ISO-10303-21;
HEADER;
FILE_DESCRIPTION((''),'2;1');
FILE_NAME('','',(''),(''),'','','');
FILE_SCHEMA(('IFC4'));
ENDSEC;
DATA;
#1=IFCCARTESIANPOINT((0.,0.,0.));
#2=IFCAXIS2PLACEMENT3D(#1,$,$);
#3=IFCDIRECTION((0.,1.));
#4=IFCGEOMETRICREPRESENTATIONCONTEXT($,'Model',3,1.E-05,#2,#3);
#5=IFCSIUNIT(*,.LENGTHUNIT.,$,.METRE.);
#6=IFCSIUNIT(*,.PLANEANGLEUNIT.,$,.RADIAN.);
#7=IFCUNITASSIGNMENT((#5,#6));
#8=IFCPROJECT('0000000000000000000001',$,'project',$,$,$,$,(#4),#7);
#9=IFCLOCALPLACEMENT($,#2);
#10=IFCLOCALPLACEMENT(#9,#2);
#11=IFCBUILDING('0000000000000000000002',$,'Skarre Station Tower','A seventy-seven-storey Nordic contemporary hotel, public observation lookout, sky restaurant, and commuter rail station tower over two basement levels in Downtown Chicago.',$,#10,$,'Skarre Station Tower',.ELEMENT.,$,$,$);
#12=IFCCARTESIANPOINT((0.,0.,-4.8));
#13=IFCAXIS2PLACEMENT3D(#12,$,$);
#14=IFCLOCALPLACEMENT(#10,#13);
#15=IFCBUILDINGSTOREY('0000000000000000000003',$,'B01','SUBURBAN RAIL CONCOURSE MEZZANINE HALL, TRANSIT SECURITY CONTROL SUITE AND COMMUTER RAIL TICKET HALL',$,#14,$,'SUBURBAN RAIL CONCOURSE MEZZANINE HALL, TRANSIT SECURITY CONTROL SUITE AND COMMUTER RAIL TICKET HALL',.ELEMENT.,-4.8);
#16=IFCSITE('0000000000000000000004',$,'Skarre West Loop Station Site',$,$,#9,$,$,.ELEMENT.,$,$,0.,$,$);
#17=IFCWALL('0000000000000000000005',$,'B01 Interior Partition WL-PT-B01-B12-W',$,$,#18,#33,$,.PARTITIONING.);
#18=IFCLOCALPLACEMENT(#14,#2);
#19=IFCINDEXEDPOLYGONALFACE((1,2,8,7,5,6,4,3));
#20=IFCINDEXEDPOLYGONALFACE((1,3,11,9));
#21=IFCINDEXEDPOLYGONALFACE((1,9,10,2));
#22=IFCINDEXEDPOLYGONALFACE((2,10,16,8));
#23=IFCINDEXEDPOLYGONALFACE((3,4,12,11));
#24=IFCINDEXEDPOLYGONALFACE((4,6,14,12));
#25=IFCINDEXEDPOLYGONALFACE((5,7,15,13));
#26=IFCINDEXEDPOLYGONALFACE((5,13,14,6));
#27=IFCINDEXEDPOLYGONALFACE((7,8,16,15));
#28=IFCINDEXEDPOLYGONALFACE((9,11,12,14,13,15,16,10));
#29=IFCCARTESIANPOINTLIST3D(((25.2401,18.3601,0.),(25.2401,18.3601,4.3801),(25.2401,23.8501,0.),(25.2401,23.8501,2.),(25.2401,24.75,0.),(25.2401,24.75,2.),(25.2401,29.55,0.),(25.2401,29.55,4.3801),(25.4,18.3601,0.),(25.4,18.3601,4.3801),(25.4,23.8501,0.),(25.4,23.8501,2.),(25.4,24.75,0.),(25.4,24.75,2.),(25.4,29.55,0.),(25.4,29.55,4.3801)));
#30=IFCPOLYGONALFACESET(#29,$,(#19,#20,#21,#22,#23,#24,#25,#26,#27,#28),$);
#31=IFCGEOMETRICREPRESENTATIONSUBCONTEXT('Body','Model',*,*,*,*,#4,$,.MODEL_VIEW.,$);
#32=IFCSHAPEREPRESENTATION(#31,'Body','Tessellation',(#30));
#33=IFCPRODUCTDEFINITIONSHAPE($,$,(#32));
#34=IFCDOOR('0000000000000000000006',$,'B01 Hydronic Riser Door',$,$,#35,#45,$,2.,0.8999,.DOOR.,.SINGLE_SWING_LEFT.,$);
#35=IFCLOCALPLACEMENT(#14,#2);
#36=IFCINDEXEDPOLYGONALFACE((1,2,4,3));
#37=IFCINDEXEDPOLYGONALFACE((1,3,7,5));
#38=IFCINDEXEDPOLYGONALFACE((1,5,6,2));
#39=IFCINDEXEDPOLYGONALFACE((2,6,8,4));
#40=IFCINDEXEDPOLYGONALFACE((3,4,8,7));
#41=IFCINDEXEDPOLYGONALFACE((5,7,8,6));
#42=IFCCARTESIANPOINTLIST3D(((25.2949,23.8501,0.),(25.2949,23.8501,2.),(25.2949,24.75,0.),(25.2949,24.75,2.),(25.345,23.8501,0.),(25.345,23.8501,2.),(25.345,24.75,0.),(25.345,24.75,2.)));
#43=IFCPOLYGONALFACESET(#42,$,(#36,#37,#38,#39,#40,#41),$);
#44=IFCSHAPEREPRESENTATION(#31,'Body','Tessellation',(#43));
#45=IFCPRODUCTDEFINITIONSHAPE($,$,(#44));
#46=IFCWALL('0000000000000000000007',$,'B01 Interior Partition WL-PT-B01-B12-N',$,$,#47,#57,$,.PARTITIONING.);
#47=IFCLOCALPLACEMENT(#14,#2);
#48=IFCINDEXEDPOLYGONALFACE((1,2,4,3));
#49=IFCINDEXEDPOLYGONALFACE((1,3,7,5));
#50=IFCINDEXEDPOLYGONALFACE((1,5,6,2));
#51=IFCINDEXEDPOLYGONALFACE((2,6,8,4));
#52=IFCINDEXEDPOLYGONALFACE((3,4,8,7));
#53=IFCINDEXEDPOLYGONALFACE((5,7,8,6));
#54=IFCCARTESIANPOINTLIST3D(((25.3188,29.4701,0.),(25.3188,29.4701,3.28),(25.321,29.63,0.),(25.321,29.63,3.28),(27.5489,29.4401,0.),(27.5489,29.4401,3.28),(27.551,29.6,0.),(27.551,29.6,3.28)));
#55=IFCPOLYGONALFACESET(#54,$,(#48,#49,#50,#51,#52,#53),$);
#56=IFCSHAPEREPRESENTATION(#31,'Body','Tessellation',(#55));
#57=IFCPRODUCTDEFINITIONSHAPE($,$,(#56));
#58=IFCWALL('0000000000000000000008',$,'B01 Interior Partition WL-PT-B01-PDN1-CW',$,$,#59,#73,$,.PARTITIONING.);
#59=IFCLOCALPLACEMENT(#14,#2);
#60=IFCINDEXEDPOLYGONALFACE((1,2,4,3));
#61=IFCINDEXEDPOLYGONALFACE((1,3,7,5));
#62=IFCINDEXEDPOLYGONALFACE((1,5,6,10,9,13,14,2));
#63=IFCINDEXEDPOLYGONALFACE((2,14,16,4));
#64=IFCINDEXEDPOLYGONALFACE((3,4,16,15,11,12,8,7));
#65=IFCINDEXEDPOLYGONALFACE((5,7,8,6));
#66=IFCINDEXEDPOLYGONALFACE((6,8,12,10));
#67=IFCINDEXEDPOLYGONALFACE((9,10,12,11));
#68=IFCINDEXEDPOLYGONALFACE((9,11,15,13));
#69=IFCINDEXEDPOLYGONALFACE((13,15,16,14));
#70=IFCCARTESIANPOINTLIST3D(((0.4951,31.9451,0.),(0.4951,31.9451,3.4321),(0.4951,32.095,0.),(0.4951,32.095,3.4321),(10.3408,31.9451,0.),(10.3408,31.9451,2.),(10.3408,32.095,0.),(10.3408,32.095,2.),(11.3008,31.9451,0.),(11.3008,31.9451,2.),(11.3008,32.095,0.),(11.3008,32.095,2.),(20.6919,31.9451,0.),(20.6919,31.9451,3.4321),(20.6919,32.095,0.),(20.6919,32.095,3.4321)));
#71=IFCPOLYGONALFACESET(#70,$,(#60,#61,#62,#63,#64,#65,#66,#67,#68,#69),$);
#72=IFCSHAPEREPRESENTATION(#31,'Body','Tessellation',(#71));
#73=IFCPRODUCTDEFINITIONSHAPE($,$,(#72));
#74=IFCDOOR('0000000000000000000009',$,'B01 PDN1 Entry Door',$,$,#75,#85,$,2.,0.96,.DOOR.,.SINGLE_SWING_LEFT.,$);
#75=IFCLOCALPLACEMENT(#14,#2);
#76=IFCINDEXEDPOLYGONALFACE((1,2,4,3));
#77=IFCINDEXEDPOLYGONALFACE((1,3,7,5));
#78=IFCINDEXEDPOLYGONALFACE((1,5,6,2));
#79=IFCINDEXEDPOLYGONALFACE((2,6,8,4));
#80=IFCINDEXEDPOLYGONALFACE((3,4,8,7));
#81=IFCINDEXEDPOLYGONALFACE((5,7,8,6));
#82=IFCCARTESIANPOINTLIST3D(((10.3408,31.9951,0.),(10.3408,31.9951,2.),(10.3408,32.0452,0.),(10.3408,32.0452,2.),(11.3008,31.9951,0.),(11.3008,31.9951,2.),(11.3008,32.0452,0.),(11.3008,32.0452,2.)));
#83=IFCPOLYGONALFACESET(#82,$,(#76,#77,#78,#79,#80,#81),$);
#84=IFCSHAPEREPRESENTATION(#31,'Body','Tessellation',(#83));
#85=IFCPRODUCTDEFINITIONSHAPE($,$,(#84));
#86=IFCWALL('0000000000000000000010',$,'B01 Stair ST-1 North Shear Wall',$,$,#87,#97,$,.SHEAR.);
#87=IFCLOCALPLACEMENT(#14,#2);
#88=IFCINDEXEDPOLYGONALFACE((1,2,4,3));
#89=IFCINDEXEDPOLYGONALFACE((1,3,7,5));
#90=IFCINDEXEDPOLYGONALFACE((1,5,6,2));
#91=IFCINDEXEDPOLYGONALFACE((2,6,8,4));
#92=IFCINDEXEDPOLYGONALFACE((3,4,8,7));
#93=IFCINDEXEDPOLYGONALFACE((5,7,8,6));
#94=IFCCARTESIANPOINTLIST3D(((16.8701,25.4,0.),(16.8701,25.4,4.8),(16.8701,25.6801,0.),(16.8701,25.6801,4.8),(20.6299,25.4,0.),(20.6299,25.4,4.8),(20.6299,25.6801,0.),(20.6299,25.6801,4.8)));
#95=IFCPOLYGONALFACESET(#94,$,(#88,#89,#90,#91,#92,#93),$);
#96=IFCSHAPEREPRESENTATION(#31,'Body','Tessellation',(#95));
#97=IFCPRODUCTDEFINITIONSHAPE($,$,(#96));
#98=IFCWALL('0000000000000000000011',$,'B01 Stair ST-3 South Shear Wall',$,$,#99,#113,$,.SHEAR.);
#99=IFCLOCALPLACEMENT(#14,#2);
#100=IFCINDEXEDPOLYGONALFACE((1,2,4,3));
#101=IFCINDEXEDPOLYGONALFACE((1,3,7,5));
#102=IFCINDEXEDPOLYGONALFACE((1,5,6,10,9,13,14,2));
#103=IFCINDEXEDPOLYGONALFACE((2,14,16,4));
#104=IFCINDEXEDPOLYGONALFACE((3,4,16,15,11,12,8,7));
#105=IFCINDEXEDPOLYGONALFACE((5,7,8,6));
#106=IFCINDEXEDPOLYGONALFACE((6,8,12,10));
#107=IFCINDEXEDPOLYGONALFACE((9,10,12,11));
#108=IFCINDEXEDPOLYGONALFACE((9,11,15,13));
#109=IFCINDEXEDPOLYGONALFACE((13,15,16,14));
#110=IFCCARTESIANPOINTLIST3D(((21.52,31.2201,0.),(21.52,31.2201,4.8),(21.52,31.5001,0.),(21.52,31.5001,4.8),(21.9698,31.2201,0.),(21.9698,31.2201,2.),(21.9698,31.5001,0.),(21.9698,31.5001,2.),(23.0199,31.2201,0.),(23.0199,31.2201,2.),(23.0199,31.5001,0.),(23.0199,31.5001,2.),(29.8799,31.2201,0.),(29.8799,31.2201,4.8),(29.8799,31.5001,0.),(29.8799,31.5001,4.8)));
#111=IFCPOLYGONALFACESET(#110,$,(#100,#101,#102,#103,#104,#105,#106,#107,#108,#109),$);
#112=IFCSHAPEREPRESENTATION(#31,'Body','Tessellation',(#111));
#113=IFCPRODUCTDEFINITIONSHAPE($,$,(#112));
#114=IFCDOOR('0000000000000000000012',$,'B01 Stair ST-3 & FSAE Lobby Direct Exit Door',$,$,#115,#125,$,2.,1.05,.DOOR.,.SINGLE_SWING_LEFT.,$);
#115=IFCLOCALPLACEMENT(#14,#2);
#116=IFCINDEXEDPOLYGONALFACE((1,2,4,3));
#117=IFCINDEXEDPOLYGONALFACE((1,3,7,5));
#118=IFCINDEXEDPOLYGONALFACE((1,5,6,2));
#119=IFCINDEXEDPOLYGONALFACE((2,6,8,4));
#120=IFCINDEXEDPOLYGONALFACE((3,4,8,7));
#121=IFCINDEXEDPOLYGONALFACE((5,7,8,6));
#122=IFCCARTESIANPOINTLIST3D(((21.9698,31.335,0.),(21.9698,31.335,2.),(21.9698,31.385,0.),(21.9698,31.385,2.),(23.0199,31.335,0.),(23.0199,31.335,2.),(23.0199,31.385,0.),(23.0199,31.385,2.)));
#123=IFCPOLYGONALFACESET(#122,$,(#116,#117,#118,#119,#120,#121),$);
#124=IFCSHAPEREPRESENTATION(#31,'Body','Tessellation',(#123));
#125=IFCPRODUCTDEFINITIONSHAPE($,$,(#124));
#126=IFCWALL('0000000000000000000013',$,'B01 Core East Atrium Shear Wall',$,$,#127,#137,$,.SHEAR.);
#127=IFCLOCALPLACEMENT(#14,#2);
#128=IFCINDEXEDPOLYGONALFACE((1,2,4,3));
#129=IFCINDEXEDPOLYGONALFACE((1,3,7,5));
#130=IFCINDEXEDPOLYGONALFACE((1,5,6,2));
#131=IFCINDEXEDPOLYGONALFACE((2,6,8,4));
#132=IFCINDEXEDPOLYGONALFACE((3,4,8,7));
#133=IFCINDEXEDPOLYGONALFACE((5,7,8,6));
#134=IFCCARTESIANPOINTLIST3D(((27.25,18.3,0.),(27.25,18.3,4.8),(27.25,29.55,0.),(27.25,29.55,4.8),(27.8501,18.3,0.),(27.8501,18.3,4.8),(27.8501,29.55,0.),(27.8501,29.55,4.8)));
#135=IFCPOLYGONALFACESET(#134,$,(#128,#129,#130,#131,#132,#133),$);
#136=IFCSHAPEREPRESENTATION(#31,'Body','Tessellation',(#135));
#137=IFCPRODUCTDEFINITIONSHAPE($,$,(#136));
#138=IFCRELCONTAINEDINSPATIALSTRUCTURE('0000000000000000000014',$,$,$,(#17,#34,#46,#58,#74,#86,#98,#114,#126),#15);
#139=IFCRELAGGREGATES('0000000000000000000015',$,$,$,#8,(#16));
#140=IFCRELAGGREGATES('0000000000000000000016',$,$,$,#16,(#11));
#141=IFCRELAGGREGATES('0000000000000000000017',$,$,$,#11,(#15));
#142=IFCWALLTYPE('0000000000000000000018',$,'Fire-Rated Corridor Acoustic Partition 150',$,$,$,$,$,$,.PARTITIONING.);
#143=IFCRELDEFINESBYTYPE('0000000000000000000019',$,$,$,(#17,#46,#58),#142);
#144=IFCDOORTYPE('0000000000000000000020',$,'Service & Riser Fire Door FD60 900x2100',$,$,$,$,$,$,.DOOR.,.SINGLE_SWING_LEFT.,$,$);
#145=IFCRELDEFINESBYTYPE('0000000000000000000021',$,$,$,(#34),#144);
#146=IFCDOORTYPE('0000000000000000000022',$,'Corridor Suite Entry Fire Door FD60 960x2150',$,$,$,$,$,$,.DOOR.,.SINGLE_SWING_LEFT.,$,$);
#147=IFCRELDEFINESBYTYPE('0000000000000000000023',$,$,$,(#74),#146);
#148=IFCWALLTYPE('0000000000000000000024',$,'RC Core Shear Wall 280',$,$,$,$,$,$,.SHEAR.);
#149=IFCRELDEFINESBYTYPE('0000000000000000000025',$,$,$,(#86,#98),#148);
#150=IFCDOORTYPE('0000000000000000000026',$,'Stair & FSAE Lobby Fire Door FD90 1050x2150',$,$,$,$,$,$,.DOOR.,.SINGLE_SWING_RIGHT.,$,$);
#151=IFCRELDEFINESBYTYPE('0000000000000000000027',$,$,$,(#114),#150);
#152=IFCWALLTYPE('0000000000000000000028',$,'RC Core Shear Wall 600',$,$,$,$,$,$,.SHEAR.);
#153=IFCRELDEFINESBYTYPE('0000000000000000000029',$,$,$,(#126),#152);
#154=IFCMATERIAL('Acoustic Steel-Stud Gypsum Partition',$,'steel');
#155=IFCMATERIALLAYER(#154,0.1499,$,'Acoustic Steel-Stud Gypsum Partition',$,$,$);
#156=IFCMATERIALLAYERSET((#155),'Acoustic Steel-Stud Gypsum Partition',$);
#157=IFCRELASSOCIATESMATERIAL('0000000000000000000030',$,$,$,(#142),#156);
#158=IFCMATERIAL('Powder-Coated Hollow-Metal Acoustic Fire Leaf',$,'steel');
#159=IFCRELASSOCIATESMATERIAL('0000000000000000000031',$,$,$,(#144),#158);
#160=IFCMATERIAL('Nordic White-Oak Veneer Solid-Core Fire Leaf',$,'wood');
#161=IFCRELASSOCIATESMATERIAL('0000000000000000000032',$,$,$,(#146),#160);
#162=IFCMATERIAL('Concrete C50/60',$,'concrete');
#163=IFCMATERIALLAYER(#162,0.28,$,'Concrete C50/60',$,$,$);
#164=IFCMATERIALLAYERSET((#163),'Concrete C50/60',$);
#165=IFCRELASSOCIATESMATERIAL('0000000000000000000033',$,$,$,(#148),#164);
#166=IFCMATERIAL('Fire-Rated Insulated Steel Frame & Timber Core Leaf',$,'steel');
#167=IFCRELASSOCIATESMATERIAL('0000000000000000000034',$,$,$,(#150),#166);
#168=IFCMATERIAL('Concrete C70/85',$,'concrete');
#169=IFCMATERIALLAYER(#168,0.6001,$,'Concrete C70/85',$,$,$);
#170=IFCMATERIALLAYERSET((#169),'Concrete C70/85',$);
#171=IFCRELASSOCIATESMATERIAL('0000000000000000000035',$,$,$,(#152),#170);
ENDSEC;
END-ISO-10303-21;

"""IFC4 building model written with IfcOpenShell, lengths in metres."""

from ifc_helpers import new_model, si_unit, direction, frame, frame_2d, origin, place, context, subcontext, project, spatial, rectangle, extrude, material, layer, layer_set, type_object, element, fill, save


model = new_model("IFC4")

# Units and contexts
model_context = context("Model", 3, precision=1e-05, world=origin(), true_north=direction((0.0, 1.0)))
body_context = subcontext(model_context, "Body", "Model", "MODEL_VIEW")
ifc_project = project(units=[si_unit("LENGTHUNIT", "METRE"), si_unit("PLANEANGLEUNIT", "RADIAN")], contexts=[model_context])

# Site, building, storey
site_placement = place(None, origin())
site = spatial("IfcSite", under=ifc_project, at=site_placement, Name="Skarre West Loop Station Site", CompositionType="ELEMENT", RefElevation=0.0)
building_placement = place(site_placement, origin())
building = spatial("IfcBuilding", under=site, at=building_placement, Name="Skarre Station Tower", Description="A seventy-seven-storey Nordic contemporary hotel, public observation lookout, sky restaurant, and commuter rail station tower over two basement levels in Downtown Chicago.", LongName="Skarre Station Tower", CompositionType="ELEMENT")
storey_placement = place(building_placement, frame((0.0, 0.0, -4.8)))
storey = spatial("IfcBuildingStorey", under=building, at=storey_placement, Name="B01", Description="SUBURBAN RAIL CONCOURSE MEZZANINE HALL, TRANSIT SECURITY CONTROL SUITE AND COMMUTER RAIL TICKET HALL", LongName="SUBURBAN RAIL CONCOURSE MEZZANINE HALL, TRANSIT SECURITY CONTROL SUITE AND COMMUTER RAIL TICKET HALL", CompositionType="ELEMENT", Elevation=-4.8)

# Wall, opening, door
ifc_material_1 = material(Name="Acoustic Steel-Stud Gypsum Partition", Category="steel")
ifc_layer_1 = layer(ifc_material_1, 0.1499, Name="Acoustic Steel-Stud Gypsum Partition")
ifc_layer_set_1 = layer_set([ifc_layer_1], Name="Acoustic Steel-Stud Gypsum Partition")
wall_type_1 = type_object("IfcWallType", Name="Fire-Rated Corridor Acoustic Partition 150", PredefinedType="PARTITIONING", material=ifc_layer_set_1)
wall_1_placement = place(storey_placement, frame((25.3201, 29.55, 0.0), z_axis=(0.0, 0.0, 1.0), x_axis=(0.0, -1.0, 0.0)))
wall_1 = element("IfcWall", 1, at=wall_1_placement, inside=storey, type_object=wall_type_1, Name="B01 Interior Partition WL-PT-B01-B12-W", PredefinedType="PARTITIONING", context=body_context, shape_type="SweptSolid", body=[
    extrude(rectangle(XDim=11.1899, YDim=0.1599, at=frame_2d((5.595, 0.0))), origin(), (0.0, 0.0, 1.0), 4.3801),
])
opening_1_placement = place(wall_1_placement, frame((4.8, 0.0, 0.0)))
opening_1 = element("IfcOpeningElement", 2, at=opening_1_placement, cuts=wall_1, PredefinedType="OPENING", context=body_context, shape_type="SweptSolid", body=[
    extrude(rectangle(XDim=0.8999, YDim=2.0, at=frame_2d((0.45, 1.0))), frame((0.0, 0.0898, 0.0), z_axis=(0.0, -1.0, 0.0), x_axis=(1.0, 0.0, 0.0)), (0.0, 0.0, 1.0), 0.1799),
])
ifc_material_2 = material(Name="Powder-Coated Hollow-Metal Acoustic Fire Leaf", Category="steel")
door_type_1 = type_object("IfcDoorType", Name="Service & Riser Fire Door FD60 900x2100", OperationType="SINGLE_SWING_LEFT", PredefinedType="DOOR", material=ifc_material_2)
door_1_placement = place(opening_1_placement, origin())
door_1 = element("IfcDoor", 3, at=door_1_placement, inside=storey, type_object=door_type_1, Name="B01 Hydronic Riser Door", OperationType="SINGLE_SWING_LEFT", OverallHeight=2.0, OverallWidth=0.8999, PredefinedType="DOOR", context=body_context, shape_type="SweptSolid", body=[
    extrude(rectangle(XDim=0.8999, YDim=2.0, at=frame_2d((0.45, 1.0))), frame((0.0, 0.0249, 0.0), z_axis=(0.0, -1.0, 0.0), x_axis=(1.0, 0.0, 0.0)), (0.0, 0.0, 1.0), 0.05),
])
fill(opening_1, door_1)

# Wall
wall_2_placement = place(storey_placement, frame((27.55, 29.52, 0.0), z_axis=(0.0, 0.0, 1.0), x_axis=(-0.999909, 0.013465, 0.0)))
element("IfcWall", 4, at=wall_2_placement, inside=storey, type_object=wall_type_1, Name="B01 Interior Partition WL-PT-B01-B12-N", PredefinedType="PARTITIONING", context=body_context, shape_type="SweptSolid", body=[
    extrude(rectangle(XDim=2.2302, YDim=0.1599, at=frame_2d((1.1152, 0.0))), origin(), (0.0, 0.0, 1.0), 3.28),
])

# Wall, opening, door
wall_3_placement = place(storey_placement, frame((20.6919, 32.02, 0.0), z_axis=(0.0, 0.0, 1.0), x_axis=(-1.0, 0.0, 0.0)))
wall_3 = element("IfcWall", 5, at=wall_3_placement, inside=storey, type_object=wall_type_1, Name="B01 Interior Partition WL-PT-B01-PDN1-CW", PredefinedType="PARTITIONING", context=body_context, shape_type="SweptSolid", body=[
    extrude(rectangle(XDim=20.1968, YDim=0.1499, at=frame_2d((10.0984, 0.0))), origin(), (0.0, 0.0, 1.0), 3.4321),
])
opening_2_placement = place(wall_3_placement, frame((9.3911, 0.0, 0.0)))
opening_2 = element("IfcOpeningElement", 6, at=opening_2_placement, cuts=wall_3, PredefinedType="OPENING", context=body_context, shape_type="SweptSolid", body=[
    extrude(rectangle(XDim=0.96, YDim=2.0, at=frame_2d((0.48, 1.0))), frame((0.0, 0.085, 0.0), z_axis=(0.0, -1.0, 0.0), x_axis=(1.0, 0.0, 0.0)), (0.0, 0.0, 1.0), 0.1699),
])
ifc_material_3 = material(Name="Nordic White-Oak Veneer Solid-Core Fire Leaf", Category="wood")
door_type_2 = type_object("IfcDoorType", Name="Corridor Suite Entry Fire Door FD60 960x2150", OperationType="SINGLE_SWING_LEFT", PredefinedType="DOOR", material=ifc_material_3)
door_2_placement = place(opening_2_placement, origin())
door_2 = element("IfcDoor", 7, at=door_2_placement, inside=storey, type_object=door_type_2, Name="B01 PDN1 Entry Door", OperationType="SINGLE_SWING_LEFT", OverallHeight=2.0, OverallWidth=0.96, PredefinedType="DOOR", context=body_context, shape_type="SweptSolid", body=[
    extrude(rectangle(XDim=0.96, YDim=2.0, at=frame_2d((0.48, 1.0))), frame((0.0, 0.0249, 0.0), z_axis=(0.0, -1.0, 0.0), x_axis=(1.0, 0.0, 0.0)), (0.0, 0.0, 1.0), 0.05),
])
fill(opening_2, door_2)

# Wall
ifc_material_4 = material(Name="Concrete C50/60", Category="concrete")
ifc_layer_2 = layer(ifc_material_4, 0.28, Name="Concrete C50/60")
ifc_layer_set_2 = layer_set([ifc_layer_2], Name="Concrete C50/60")
wall_type_2 = type_object("IfcWallType", Name="RC Core Shear Wall 280", PredefinedType="SHEAR", material=ifc_layer_set_2)
wall_4_placement = place(storey_placement, frame((20.6299, 25.54, 0.0), z_axis=(0.0, 0.0, 1.0), x_axis=(-1.0, 0.0, 0.0)))
element("IfcWall", 8, at=wall_4_placement, inside=storey, type_object=wall_type_2, Name="B01 Stair ST-1 North Shear Wall", PredefinedType="SHEAR", context=body_context, shape_type="SweptSolid", body=[
    extrude(rectangle(XDim=3.7598, YDim=0.28, at=frame_2d((1.8799, 0.0))), origin(), (0.0, 0.0, 1.0), 4.8),
])

# Wall, opening, door
wall_5_placement = place(storey_placement, frame((21.52, 31.3601, 0.0), z_axis=(0.0, 0.0, 1.0), x_axis=(1.0, 0.0, 0.0)))
wall_5 = element("IfcWall", 9, at=wall_5_placement, inside=storey, type_object=wall_type_2, Name="B01 Stair ST-3 South Shear Wall", PredefinedType="SHEAR", context=body_context, shape_type="SweptSolid", body=[
    extrude(rectangle(XDim=8.3599, YDim=0.28, at=frame_2d((4.1799, 0.0))), origin(), (0.0, 0.0, 1.0), 4.8),
])
opening_3_placement = place(wall_5_placement, frame((0.45, 0.0, 0.0)))
opening_3 = element("IfcOpeningElement", 10, at=opening_3_placement, cuts=wall_5, PredefinedType="OPENING", context=body_context, shape_type="SweptSolid", body=[
    extrude(rectangle(XDim=1.05, YDim=2.0, at=frame_2d((0.5249, 1.0))), frame((0.0, 0.1499, 0.0), z_axis=(0.0, -1.0, 0.0), x_axis=(1.0, 0.0, 0.0)), (0.0, 0.0, 1.0), 0.3),
])
ifc_material_5 = material(Name="Fire-Rated Insulated Steel Frame & Timber Core Leaf", Category="steel")
door_type_3 = type_object("IfcDoorType", Name="Stair & FSAE Lobby Fire Door FD90 1050x2150", OperationType="SINGLE_SWING_RIGHT", PredefinedType="DOOR", material=ifc_material_5)
door_3_placement = place(opening_3_placement, origin())
door_3 = element("IfcDoor", 11, at=door_3_placement, inside=storey, type_object=door_type_3, Name="B01 Stair ST-3 & FSAE Lobby Direct Exit Door", OperationType="SINGLE_SWING_LEFT", OverallHeight=2.0, OverallWidth=1.05, PredefinedType="DOOR", context=body_context, shape_type="SweptSolid", body=[
    extrude(rectangle(XDim=1.05, YDim=2.0, at=frame_2d((0.5249, 1.0))), frame((0.0, 0.0249, 0.0), z_axis=(0.0, -1.0, 0.0), x_axis=(1.0, 0.0, 0.0)), (0.0, 0.0, 1.0), 0.05),
])
fill(opening_3, door_3)

# Wall
ifc_material_6 = material(Name="Concrete C70/85", Category="concrete")
ifc_layer_3 = layer(ifc_material_6, 0.6001, Name="Concrete C70/85")
ifc_layer_set_3 = layer_set([ifc_layer_3], Name="Concrete C70/85")
wall_type_3 = type_object("IfcWallType", Name="RC Core Shear Wall 600", PredefinedType="SHEAR", material=ifc_layer_set_3)
wall_6_placement = place(storey_placement, frame((27.55, 29.55, 0.0), z_axis=(0.0, 0.0, 1.0), x_axis=(0.0, -1.0, 0.0)))
element("IfcWall", 12, at=wall_6_placement, inside=storey, type_object=wall_type_3, Name="B01 Core East Atrium Shear Wall", PredefinedType="SHEAR", context=body_context, shape_type="SweptSolid", body=[
    extrude(rectangle(XDim=11.25, YDim=0.6001, at=frame_2d((5.625, 0.0))), origin(), (0.0, 0.0, 1.0), 4.8),
])

save(model, "model.ifc")
